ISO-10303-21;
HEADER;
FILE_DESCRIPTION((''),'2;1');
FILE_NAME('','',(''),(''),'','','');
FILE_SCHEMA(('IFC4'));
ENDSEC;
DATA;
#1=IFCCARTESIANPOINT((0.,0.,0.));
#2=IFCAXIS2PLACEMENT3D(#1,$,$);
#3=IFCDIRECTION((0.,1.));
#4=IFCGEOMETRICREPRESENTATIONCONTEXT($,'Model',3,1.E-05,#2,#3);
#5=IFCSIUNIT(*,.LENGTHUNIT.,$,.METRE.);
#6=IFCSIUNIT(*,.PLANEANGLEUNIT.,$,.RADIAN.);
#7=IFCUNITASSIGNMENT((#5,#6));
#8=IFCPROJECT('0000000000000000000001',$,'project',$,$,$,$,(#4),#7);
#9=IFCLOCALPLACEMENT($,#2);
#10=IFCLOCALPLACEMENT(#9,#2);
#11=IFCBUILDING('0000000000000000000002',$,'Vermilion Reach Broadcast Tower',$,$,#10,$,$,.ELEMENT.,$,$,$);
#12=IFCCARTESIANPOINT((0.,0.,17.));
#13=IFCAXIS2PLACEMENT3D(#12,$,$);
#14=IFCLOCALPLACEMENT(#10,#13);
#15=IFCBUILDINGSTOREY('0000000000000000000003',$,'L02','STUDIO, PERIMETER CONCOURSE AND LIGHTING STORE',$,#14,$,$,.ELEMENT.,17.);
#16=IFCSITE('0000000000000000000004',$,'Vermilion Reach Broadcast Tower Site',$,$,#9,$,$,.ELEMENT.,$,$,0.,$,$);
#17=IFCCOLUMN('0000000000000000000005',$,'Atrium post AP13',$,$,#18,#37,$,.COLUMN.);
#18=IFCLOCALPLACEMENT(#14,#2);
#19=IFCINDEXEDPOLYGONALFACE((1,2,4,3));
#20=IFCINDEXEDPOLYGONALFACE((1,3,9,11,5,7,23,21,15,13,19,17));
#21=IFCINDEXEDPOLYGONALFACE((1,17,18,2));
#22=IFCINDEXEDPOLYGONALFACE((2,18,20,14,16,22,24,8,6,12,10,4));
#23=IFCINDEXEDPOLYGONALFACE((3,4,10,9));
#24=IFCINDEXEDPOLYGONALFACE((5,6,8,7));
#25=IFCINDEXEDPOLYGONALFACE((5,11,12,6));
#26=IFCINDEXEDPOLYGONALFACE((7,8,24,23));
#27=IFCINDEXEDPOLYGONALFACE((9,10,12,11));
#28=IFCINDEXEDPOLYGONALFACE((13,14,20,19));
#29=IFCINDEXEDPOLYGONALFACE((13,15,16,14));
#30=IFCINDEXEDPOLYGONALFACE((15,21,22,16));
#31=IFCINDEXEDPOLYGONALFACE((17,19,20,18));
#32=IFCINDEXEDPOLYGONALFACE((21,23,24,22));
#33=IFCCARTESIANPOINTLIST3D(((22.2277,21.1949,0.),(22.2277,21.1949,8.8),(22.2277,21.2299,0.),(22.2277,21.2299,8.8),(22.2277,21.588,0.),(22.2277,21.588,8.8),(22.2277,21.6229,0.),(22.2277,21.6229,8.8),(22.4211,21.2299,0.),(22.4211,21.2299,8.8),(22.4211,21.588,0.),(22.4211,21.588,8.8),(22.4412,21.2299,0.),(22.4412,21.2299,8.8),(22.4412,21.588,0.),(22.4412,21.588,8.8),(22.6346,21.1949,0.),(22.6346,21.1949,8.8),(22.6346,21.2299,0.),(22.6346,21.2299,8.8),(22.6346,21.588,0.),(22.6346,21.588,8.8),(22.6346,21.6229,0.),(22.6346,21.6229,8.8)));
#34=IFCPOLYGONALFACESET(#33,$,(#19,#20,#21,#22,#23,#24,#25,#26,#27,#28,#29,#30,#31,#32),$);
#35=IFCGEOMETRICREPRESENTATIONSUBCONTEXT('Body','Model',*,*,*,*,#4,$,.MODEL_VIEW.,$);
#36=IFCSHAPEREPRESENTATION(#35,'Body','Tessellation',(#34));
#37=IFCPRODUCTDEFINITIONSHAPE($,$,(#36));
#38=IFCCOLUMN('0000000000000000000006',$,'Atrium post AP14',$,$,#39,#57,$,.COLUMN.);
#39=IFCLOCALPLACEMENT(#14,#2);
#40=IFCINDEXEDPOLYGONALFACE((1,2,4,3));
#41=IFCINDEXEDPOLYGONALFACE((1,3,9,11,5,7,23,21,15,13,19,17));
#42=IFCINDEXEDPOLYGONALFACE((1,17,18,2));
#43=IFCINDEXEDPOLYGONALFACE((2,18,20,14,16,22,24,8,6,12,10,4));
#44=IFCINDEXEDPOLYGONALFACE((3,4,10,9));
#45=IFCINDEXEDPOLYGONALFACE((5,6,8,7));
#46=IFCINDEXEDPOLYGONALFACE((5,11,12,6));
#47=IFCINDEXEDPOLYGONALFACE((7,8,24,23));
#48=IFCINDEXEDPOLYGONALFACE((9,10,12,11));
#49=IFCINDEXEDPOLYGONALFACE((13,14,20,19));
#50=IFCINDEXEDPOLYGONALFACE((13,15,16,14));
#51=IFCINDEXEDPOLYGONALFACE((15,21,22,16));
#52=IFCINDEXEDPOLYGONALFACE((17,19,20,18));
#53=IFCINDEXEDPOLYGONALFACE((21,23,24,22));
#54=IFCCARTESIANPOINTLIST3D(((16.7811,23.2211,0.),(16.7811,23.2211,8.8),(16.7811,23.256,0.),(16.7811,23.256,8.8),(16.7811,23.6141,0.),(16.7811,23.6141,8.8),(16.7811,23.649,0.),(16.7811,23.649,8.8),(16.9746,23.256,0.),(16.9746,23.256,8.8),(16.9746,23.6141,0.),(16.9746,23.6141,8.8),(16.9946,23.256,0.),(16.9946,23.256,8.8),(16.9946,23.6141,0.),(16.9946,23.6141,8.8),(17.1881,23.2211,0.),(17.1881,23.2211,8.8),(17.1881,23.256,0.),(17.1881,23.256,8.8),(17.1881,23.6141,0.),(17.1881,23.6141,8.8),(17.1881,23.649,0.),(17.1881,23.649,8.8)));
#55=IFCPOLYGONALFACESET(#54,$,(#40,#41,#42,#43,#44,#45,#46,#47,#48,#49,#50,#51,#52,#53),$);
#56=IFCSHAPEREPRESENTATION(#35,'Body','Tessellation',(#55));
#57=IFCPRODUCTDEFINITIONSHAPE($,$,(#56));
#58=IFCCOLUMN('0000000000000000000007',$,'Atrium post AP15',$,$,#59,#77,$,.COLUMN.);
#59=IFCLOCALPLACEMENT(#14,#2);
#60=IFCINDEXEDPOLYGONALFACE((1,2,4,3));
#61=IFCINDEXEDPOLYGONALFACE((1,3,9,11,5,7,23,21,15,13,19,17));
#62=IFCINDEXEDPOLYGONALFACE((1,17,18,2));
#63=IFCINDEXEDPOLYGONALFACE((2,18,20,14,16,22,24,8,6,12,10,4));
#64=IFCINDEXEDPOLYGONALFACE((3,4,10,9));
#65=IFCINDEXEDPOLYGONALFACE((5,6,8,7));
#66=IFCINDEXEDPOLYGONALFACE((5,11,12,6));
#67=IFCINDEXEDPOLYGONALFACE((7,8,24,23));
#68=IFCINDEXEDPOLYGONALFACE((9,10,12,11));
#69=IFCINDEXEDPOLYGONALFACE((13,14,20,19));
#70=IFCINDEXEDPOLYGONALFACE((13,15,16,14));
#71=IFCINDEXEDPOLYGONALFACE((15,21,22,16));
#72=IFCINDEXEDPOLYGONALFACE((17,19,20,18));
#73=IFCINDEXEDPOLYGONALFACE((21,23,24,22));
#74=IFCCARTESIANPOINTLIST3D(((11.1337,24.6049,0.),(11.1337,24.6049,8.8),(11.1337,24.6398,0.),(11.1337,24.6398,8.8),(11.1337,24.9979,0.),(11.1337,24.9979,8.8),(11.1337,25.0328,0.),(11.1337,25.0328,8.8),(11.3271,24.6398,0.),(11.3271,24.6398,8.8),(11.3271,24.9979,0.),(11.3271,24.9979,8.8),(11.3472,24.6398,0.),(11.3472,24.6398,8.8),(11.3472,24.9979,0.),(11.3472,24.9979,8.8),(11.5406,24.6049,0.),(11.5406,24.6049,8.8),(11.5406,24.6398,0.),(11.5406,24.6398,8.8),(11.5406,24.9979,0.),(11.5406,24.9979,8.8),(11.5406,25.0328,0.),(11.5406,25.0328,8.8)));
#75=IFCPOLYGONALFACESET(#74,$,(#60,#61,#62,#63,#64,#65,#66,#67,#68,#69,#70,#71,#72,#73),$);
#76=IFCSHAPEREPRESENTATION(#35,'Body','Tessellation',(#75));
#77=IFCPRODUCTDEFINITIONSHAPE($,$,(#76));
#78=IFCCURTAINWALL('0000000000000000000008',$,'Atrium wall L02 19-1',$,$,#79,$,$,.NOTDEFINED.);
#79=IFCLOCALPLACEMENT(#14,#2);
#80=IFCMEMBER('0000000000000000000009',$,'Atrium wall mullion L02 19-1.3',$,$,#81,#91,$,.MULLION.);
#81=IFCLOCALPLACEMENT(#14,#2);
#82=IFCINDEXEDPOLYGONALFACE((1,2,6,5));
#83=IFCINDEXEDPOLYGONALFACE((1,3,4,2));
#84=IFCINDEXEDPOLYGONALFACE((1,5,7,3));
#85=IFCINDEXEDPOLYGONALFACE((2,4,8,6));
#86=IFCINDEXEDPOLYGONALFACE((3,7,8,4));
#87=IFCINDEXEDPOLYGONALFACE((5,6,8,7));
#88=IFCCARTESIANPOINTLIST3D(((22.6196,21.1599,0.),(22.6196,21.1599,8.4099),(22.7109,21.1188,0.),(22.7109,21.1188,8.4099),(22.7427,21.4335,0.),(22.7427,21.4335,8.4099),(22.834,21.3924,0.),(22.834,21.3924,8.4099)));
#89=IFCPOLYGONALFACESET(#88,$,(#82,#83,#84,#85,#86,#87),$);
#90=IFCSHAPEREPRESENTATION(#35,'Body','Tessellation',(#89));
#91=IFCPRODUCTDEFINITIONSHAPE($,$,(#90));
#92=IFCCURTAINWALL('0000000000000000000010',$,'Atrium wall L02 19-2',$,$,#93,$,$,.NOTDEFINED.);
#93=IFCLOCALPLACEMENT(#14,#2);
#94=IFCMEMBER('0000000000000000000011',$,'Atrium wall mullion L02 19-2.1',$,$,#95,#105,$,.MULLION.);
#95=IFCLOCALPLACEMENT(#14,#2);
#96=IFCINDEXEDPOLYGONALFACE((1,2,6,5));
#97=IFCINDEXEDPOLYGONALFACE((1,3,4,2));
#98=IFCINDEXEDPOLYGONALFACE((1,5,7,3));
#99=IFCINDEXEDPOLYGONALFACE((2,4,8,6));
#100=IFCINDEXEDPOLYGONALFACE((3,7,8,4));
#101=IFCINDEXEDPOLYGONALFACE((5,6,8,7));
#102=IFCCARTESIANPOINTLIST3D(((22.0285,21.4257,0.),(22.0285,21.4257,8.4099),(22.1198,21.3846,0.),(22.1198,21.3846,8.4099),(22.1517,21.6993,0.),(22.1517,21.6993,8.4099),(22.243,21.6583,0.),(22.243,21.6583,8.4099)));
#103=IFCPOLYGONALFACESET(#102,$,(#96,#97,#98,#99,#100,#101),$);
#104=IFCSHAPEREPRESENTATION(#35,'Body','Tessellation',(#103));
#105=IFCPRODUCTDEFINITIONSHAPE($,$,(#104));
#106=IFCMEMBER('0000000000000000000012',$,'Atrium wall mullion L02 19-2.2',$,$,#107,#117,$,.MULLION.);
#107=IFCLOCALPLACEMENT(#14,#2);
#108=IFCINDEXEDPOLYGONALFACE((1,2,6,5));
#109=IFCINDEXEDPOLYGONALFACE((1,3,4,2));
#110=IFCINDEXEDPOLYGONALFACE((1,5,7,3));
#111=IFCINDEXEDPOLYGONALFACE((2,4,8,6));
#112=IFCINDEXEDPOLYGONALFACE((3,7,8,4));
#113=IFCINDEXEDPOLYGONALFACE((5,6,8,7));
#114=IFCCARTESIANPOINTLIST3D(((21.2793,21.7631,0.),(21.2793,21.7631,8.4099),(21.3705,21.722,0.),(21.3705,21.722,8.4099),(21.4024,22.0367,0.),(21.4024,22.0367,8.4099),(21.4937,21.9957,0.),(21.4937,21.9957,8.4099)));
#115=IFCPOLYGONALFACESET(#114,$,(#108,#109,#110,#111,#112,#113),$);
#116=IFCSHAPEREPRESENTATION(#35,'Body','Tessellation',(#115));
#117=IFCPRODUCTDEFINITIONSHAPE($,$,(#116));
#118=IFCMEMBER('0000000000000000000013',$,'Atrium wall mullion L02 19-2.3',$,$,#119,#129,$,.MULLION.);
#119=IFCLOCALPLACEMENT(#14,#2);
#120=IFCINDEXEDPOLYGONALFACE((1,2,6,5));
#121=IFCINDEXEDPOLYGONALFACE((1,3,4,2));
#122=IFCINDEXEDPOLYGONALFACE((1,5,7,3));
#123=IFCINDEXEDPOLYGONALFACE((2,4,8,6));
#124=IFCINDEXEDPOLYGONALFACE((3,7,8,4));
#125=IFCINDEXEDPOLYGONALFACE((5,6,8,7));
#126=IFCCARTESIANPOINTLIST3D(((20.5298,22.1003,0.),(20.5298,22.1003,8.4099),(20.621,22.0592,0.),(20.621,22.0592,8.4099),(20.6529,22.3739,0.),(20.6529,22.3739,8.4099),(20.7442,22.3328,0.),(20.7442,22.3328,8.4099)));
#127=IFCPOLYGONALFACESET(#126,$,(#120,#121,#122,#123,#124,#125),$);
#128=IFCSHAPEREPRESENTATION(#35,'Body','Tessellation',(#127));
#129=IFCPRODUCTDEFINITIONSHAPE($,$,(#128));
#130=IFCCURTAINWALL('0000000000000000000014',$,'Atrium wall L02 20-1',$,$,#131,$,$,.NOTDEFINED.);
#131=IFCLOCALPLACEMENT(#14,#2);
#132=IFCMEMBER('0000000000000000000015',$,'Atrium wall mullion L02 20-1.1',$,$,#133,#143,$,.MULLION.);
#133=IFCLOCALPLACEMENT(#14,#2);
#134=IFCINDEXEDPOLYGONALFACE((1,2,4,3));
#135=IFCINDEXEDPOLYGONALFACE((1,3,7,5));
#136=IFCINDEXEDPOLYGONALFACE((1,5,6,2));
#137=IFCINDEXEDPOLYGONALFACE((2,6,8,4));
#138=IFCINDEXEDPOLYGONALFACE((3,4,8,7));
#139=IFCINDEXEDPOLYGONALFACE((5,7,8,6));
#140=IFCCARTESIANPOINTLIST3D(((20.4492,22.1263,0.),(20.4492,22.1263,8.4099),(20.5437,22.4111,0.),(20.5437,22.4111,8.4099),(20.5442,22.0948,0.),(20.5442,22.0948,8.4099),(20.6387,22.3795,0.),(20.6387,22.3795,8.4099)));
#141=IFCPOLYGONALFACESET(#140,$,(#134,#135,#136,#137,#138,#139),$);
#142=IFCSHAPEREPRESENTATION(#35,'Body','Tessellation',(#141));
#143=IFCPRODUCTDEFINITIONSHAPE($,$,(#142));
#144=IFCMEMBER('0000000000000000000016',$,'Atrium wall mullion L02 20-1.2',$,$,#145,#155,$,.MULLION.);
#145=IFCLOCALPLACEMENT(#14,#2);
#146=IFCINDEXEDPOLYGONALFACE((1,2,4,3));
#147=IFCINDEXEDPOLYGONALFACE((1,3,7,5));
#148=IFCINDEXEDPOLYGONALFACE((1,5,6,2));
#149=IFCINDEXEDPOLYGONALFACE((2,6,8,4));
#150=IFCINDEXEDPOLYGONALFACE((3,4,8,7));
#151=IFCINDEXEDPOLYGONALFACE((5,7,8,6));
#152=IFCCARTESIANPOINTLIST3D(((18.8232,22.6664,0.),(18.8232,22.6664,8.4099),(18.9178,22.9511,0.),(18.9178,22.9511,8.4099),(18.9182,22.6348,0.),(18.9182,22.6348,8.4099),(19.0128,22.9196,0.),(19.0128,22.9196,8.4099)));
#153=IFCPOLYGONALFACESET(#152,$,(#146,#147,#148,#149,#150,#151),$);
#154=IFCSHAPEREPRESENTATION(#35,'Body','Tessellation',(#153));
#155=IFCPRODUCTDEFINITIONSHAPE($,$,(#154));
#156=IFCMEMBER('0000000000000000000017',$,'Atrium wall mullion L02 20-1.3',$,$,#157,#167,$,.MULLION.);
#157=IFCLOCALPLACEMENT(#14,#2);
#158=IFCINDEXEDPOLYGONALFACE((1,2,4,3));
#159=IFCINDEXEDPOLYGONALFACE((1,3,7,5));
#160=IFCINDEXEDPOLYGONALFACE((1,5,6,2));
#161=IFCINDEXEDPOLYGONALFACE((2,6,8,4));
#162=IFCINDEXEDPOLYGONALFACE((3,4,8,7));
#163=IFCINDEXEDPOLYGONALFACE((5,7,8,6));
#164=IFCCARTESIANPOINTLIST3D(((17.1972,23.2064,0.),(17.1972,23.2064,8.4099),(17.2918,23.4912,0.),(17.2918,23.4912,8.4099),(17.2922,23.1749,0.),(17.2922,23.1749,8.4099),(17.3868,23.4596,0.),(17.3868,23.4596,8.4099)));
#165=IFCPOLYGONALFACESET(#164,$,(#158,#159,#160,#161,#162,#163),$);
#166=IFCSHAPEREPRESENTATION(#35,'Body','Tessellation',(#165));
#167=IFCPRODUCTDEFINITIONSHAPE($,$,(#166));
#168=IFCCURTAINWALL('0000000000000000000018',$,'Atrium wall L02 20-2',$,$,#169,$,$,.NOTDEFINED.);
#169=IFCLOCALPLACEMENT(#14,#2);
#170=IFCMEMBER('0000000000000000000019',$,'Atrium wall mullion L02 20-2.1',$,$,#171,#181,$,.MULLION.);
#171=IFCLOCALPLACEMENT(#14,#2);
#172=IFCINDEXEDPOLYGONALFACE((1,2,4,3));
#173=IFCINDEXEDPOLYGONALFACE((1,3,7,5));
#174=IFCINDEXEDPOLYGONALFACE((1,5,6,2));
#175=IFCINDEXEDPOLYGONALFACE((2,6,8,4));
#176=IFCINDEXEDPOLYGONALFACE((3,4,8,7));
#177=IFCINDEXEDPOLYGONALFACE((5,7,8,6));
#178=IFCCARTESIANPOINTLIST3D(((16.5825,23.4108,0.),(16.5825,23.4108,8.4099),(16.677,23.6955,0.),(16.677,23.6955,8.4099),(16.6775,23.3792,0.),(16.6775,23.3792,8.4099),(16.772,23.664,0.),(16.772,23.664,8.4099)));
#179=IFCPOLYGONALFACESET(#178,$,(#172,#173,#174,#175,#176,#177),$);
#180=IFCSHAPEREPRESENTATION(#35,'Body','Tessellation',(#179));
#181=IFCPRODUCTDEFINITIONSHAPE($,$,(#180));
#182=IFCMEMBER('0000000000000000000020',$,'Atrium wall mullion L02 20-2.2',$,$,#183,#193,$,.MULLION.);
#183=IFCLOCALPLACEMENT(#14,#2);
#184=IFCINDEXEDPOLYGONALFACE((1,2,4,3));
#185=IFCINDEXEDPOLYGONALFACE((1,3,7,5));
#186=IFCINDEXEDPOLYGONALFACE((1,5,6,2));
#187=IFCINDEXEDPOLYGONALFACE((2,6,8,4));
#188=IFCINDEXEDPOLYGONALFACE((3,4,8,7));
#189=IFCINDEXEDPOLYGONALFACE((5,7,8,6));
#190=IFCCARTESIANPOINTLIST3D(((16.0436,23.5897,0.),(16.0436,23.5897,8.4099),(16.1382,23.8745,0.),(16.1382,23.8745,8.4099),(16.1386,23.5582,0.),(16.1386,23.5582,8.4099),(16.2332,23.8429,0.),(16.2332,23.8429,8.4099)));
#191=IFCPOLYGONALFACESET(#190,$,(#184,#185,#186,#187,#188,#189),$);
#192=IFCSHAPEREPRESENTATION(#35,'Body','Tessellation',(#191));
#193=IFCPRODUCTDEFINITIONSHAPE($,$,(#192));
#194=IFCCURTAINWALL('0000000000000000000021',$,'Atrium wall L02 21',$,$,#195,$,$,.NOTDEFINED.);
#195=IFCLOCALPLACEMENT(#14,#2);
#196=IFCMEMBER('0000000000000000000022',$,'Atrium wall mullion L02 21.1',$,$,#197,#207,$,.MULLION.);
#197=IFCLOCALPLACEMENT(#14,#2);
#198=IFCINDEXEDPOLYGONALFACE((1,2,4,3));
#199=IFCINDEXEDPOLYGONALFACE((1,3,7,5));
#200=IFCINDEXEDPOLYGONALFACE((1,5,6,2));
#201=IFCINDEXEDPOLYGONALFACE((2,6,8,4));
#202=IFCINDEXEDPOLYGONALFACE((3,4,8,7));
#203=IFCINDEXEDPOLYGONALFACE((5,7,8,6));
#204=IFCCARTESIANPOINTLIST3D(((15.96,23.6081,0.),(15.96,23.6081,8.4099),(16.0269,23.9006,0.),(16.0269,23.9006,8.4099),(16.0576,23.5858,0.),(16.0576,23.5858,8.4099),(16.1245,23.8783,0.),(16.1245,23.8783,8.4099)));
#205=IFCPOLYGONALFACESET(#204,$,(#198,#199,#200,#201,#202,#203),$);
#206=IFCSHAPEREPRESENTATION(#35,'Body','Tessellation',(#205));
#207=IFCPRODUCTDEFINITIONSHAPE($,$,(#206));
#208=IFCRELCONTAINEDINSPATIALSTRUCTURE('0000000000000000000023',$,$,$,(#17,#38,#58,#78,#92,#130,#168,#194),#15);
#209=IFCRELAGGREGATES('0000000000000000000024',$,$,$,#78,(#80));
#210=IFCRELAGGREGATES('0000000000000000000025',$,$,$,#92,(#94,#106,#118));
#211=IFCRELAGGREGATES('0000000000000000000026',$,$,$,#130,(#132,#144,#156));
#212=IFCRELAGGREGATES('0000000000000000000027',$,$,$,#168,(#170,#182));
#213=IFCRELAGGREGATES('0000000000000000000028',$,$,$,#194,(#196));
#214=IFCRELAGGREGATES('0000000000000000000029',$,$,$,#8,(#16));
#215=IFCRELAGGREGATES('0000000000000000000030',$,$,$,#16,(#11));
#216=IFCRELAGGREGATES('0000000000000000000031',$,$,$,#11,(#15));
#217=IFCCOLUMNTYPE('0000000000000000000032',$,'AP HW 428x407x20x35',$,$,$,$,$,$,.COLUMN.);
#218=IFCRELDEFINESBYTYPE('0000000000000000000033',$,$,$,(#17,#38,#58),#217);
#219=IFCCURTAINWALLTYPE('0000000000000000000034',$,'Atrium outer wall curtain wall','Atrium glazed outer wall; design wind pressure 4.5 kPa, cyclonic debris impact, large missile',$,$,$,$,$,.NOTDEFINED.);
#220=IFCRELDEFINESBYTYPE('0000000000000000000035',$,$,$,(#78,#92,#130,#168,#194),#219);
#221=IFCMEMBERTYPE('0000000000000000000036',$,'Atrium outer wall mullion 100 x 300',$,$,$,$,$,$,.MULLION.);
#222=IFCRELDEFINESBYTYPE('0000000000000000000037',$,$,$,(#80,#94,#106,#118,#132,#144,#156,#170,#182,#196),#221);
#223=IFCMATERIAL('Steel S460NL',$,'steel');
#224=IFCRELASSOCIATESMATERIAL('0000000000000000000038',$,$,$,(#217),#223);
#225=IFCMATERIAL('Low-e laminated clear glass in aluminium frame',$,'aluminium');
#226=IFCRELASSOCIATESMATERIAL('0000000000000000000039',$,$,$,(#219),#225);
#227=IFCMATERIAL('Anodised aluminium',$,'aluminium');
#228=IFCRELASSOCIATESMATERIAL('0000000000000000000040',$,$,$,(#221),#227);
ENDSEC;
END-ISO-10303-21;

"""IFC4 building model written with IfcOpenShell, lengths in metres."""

from ifc_helpers import new_model, si_unit, direction, frame, origin, origin_2d, place, context, subcontext, project, spatial, rectangle, i_section, extrude, material, material_profile, profile_set, type_object, element, aggregate, save


model = new_model("IFC4")

# Units and contexts
model_context = context("Model", 3, precision=1e-05, world=origin(), true_north=direction((0.0, 1.0)))
body_context = subcontext(model_context, "Body", "Model", "MODEL_VIEW")
ifc_project = project(units=[si_unit("LENGTHUNIT", "METRE"), si_unit("PLANEANGLEUNIT", "RADIAN")], contexts=[model_context])

# Site, building, storey
site_placement = place(None, origin())
site = spatial("IfcSite", under=ifc_project, at=site_placement, Name="Vermilion Reach Broadcast Tower Site", CompositionType="ELEMENT", RefElevation=0.0)
building_placement = place(site_placement, origin())
building = spatial("IfcBuilding", under=site, at=building_placement, Name="Vermilion Reach Broadcast Tower", CompositionType="ELEMENT")
storey_placement = place(building_placement, frame((0.0, 0.0, 17.0)))
storey = spatial("IfcBuildingStorey", under=building, at=storey_placement, Name="L02", Description="STUDIO, PERIMETER CONCOURSE AND LIGHTING STORE", CompositionType="ELEMENT", Elevation=17.0)

# Columns
ifc_material_1 = material(Name="Steel S460NL", Category="steel")
ifc_material_profile_1 = material_profile(ifc_material_1, i_section(OverallWidth=0.407, OverallDepth=0.428, WebThickness=0.02, FlangeThickness=0.0349, at=origin_2d()), Name="S460NL HW 428x407x20x35")
ifc_profile_set_1 = profile_set([ifc_material_profile_1], Name="Steel S460NL")
column_type = type_object("IfcColumnType", Name="AP HW 428x407x20x35", PredefinedType="COLUMN", material=ifc_profile_set_1)
for number, where, z_axis, x_axis, name in (
    (1, (22.4312, 21.4089, 0.0), (0.0, 0.0, 1.0), (1.0, 0.0, 0.0), "Atrium post AP13"),
    (2, (16.9846, 23.4351, 0.0), (0.0, 0.0, 1.0), (1.0, 0.0, 0.0), "Atrium post AP14"),
    (3, (11.3372, 24.8188, 0.0), (0.0, 0.0, 1.0), (1.0, 0.0, 0.0), "Atrium post AP15"),
):
    element("IfcColumn", number, at=place(storey_placement, frame(where, z_axis=z_axis, x_axis=x_axis)), inside=storey, type_object=column_type, Name=name, PredefinedType="COLUMN", context=body_context, shape_type="SweptSolid", body=[
        extrude(i_section(OverallWidth=0.407, OverallDepth=0.428, WebThickness=0.02, FlangeThickness=0.0349, at=origin_2d()), origin(), (0.0, 0.0, 1.0), 8.8),
    ])

# Curtain wall, member
ifc_material_2 = material(Name="Low-e laminated clear glass in aluminium frame", Category="aluminium")
curtain_wall_type = type_object("IfcCurtainWallType", Name="Atrium outer wall curtain wall", Description="Atrium glazed outer wall; design wind pressure 4.5 kPa, cyclonic debris impact, large missile", PredefinedType="NOTDEFINED", material=ifc_material_2)
placement = place(storey_placement, origin())
curtain_wall_1 = element("IfcCurtainWall", 4, at=placement, inside=storey, type_object=curtain_wall_type, Name="Atrium wall L02 19-1", PredefinedType="NOTDEFINED")
ifc_material_3 = material(Name="Anodised aluminium", Category="aluminium")
ifc_material_profile_2 = material_profile(ifc_material_3, rectangle(XDim=0.3, YDim=0.1001, at=origin_2d()), Name="Atrium outer wall mullion 100 x 300")
ifc_profile_set_2 = profile_set([ifc_material_profile_2], Name="Anodised aluminium")
member_type_1 = type_object("IfcMemberType", Name="Atrium outer wall mullion 100 x 300", PredefinedType="MULLION", material=ifc_profile_set_2)
member_1_placement = place(storey_placement, frame((22.7268, 21.2761, 0.0), z_axis=(0.0, 0.0, 1.0), x_axis=(-0.410408, -0.911902, 0.0)))
member_1 = element("IfcMember", 5, at=member_1_placement, type_object=member_type_1, Name="Atrium wall mullion L02 19-1.3", PredefinedType="MULLION", context=body_context, shape_type="SweptSolid", body=[
    extrude(rectangle(XDim=0.3, YDim=0.1001, at=origin_2d()), origin(), (0.0, 0.0, 1.0), 8.4099),
])
aggregate(curtain_wall_1, [member_1])

# Curtain walls, members
curtain_wall_2 = element("IfcCurtainWall", 6, at=placement, inside=storey, type_object=curtain_wall_type, Name="Atrium wall L02 19-2", PredefinedType="NOTDEFINED")
member_2_placement = place(storey_placement, frame((22.1357, 21.542, 0.0), z_axis=(0.0, 0.0, 1.0), x_axis=(-0.410408, -0.911902, 0.0)))
member_2 = element("IfcMember", 7, at=member_2_placement, type_object=member_type_1, Name="Atrium wall mullion L02 19-2.1", PredefinedType="MULLION", context=body_context, shape_type="SweptSolid", body=[
    extrude(rectangle(XDim=0.3, YDim=0.1001, at=origin_2d()), origin(), (0.0, 0.0, 1.0), 8.4099),
])
member_3_placement = place(storey_placement, frame((21.3865, 21.8794, 0.0), z_axis=(0.0, 0.0, 1.0), x_axis=(-0.410408, -0.911902, 0.0)))
member_3 = element("IfcMember", 8, at=member_3_placement, type_object=member_type_1, Name="Atrium wall mullion L02 19-2.2", PredefinedType="MULLION", context=body_context, shape_type="SweptSolid", body=[
    extrude(rectangle(XDim=0.3, YDim=0.1001, at=origin_2d()), origin(), (0.0, 0.0, 1.0), 8.4099),
])
member_4_placement = place(storey_placement, frame((20.637, 22.2166, 0.0), z_axis=(0.0, 0.0, 1.0), x_axis=(-0.410408, -0.911902, 0.0)))
member_4 = element("IfcMember", 9, at=member_4_placement, type_object=member_type_1, Name="Atrium wall mullion L02 19-2.3", PredefinedType="MULLION", context=body_context, shape_type="SweptSolid", body=[
    extrude(rectangle(XDim=0.3, YDim=0.1001, at=origin_2d()), origin(), (0.0, 0.0, 1.0), 8.4099),
])
curtain_wall_3 = element("IfcCurtainWall", 10, at=placement, inside=storey, type_object=curtain_wall_type, Name="Atrium wall L02 20-1", PredefinedType="NOTDEFINED")
member_5_placement = place(storey_placement, frame((20.5439, 22.2529, 0.0), z_axis=(0.0, 0.0, 1.0), x_axis=(-0.315228, -0.949016, 0.0)))
member_5 = element("IfcMember", 11, at=member_5_placement, type_object=member_type_1, Name="Atrium wall mullion L02 20-1.1", PredefinedType="MULLION", context=body_context, shape_type="SweptSolid", body=[
    extrude(rectangle(XDim=0.3, YDim=0.1001, at=origin_2d()), origin(), (0.0, 0.0, 1.0), 8.4099),
])
member_6_placement = place(storey_placement, frame((18.918, 22.793, 0.0), z_axis=(0.0, 0.0, 1.0), x_axis=(-0.315228, -0.949016, 0.0)))
member_6 = element("IfcMember", 12, at=member_6_placement, type_object=member_type_1, Name="Atrium wall mullion L02 20-1.2", PredefinedType="MULLION", context=body_context, shape_type="SweptSolid", body=[
    extrude(rectangle(XDim=0.3, YDim=0.1001, at=origin_2d()), origin(), (0.0, 0.0, 1.0), 8.4099),
])
member_7_placement = place(storey_placement, frame((17.292, 23.333, 0.0), z_axis=(0.0, 0.0, 1.0), x_axis=(-0.315228, -0.949016, 0.0)))
member_7 = element("IfcMember", 13, at=member_7_placement, type_object=member_type_1, Name="Atrium wall mullion L02 20-1.3", PredefinedType="MULLION", context=body_context, shape_type="SweptSolid", body=[
    extrude(rectangle(XDim=0.3, YDim=0.1001, at=origin_2d()), origin(), (0.0, 0.0, 1.0), 8.4099),
])
curtain_wall_4 = element("IfcCurtainWall", 14, at=placement, inside=storey, type_object=curtain_wall_type, Name="Atrium wall L02 20-2", PredefinedType="NOTDEFINED")
member_8_placement = place(storey_placement, frame((16.6772, 23.5374, 0.0), z_axis=(0.0, 0.0, 1.0), x_axis=(-0.315228, -0.949016, 0.0)))
member_8 = element("IfcMember", 15, at=member_8_placement, type_object=member_type_1, Name="Atrium wall mullion L02 20-2.1", PredefinedType="MULLION", context=body_context, shape_type="SweptSolid", body=[
    extrude(rectangle(XDim=0.3, YDim=0.1001, at=origin_2d()), origin(), (0.0, 0.0, 1.0), 8.4099),
])
member_9_placement = place(storey_placement, frame((16.1384, 23.7163, 0.0), z_axis=(0.0, 0.0, 1.0), x_axis=(-0.315228, -0.949016, 0.0)))
member_9 = element("IfcMember", 16, at=member_9_placement, type_object=member_type_1, Name="Atrium wall mullion L02 20-2.2", PredefinedType="MULLION", context=body_context, shape_type="SweptSolid", body=[
    extrude(rectangle(XDim=0.3, YDim=0.1001, at=origin_2d()), origin(), (0.0, 0.0, 1.0), 8.4099),
])
curtain_wall_5 = element("IfcCurtainWall", 17, at=placement, inside=storey, type_object=curtain_wall_type, Name="Atrium wall L02 21", PredefinedType="NOTDEFINED")
member_10_placement = place(storey_placement, frame((16.0422, 23.7432, 0.0), z_axis=(0.0, 0.0, 1.0), x_axis=(-0.222892, -0.974843, 0.0)))
member_10 = element("IfcMember", 18, at=member_10_placement, type_object=member_type_1, Name="Atrium wall mullion L02 21.1", PredefinedType="MULLION", context=body_context, shape_type="SweptSolid", body=[
    extrude(rectangle(XDim=0.3, YDim=0.1001, at=origin_2d()), origin(), (0.0, 0.0, 1.0), 8.4099),
])

aggregate(curtain_wall_2, [member_2, member_3, member_4])
aggregate(curtain_wall_3, [member_5, member_6, member_7])
aggregate(curtain_wall_4, [member_8, member_9])
aggregate(curtain_wall_5, [member_10])

save(model, "model.ifc")
